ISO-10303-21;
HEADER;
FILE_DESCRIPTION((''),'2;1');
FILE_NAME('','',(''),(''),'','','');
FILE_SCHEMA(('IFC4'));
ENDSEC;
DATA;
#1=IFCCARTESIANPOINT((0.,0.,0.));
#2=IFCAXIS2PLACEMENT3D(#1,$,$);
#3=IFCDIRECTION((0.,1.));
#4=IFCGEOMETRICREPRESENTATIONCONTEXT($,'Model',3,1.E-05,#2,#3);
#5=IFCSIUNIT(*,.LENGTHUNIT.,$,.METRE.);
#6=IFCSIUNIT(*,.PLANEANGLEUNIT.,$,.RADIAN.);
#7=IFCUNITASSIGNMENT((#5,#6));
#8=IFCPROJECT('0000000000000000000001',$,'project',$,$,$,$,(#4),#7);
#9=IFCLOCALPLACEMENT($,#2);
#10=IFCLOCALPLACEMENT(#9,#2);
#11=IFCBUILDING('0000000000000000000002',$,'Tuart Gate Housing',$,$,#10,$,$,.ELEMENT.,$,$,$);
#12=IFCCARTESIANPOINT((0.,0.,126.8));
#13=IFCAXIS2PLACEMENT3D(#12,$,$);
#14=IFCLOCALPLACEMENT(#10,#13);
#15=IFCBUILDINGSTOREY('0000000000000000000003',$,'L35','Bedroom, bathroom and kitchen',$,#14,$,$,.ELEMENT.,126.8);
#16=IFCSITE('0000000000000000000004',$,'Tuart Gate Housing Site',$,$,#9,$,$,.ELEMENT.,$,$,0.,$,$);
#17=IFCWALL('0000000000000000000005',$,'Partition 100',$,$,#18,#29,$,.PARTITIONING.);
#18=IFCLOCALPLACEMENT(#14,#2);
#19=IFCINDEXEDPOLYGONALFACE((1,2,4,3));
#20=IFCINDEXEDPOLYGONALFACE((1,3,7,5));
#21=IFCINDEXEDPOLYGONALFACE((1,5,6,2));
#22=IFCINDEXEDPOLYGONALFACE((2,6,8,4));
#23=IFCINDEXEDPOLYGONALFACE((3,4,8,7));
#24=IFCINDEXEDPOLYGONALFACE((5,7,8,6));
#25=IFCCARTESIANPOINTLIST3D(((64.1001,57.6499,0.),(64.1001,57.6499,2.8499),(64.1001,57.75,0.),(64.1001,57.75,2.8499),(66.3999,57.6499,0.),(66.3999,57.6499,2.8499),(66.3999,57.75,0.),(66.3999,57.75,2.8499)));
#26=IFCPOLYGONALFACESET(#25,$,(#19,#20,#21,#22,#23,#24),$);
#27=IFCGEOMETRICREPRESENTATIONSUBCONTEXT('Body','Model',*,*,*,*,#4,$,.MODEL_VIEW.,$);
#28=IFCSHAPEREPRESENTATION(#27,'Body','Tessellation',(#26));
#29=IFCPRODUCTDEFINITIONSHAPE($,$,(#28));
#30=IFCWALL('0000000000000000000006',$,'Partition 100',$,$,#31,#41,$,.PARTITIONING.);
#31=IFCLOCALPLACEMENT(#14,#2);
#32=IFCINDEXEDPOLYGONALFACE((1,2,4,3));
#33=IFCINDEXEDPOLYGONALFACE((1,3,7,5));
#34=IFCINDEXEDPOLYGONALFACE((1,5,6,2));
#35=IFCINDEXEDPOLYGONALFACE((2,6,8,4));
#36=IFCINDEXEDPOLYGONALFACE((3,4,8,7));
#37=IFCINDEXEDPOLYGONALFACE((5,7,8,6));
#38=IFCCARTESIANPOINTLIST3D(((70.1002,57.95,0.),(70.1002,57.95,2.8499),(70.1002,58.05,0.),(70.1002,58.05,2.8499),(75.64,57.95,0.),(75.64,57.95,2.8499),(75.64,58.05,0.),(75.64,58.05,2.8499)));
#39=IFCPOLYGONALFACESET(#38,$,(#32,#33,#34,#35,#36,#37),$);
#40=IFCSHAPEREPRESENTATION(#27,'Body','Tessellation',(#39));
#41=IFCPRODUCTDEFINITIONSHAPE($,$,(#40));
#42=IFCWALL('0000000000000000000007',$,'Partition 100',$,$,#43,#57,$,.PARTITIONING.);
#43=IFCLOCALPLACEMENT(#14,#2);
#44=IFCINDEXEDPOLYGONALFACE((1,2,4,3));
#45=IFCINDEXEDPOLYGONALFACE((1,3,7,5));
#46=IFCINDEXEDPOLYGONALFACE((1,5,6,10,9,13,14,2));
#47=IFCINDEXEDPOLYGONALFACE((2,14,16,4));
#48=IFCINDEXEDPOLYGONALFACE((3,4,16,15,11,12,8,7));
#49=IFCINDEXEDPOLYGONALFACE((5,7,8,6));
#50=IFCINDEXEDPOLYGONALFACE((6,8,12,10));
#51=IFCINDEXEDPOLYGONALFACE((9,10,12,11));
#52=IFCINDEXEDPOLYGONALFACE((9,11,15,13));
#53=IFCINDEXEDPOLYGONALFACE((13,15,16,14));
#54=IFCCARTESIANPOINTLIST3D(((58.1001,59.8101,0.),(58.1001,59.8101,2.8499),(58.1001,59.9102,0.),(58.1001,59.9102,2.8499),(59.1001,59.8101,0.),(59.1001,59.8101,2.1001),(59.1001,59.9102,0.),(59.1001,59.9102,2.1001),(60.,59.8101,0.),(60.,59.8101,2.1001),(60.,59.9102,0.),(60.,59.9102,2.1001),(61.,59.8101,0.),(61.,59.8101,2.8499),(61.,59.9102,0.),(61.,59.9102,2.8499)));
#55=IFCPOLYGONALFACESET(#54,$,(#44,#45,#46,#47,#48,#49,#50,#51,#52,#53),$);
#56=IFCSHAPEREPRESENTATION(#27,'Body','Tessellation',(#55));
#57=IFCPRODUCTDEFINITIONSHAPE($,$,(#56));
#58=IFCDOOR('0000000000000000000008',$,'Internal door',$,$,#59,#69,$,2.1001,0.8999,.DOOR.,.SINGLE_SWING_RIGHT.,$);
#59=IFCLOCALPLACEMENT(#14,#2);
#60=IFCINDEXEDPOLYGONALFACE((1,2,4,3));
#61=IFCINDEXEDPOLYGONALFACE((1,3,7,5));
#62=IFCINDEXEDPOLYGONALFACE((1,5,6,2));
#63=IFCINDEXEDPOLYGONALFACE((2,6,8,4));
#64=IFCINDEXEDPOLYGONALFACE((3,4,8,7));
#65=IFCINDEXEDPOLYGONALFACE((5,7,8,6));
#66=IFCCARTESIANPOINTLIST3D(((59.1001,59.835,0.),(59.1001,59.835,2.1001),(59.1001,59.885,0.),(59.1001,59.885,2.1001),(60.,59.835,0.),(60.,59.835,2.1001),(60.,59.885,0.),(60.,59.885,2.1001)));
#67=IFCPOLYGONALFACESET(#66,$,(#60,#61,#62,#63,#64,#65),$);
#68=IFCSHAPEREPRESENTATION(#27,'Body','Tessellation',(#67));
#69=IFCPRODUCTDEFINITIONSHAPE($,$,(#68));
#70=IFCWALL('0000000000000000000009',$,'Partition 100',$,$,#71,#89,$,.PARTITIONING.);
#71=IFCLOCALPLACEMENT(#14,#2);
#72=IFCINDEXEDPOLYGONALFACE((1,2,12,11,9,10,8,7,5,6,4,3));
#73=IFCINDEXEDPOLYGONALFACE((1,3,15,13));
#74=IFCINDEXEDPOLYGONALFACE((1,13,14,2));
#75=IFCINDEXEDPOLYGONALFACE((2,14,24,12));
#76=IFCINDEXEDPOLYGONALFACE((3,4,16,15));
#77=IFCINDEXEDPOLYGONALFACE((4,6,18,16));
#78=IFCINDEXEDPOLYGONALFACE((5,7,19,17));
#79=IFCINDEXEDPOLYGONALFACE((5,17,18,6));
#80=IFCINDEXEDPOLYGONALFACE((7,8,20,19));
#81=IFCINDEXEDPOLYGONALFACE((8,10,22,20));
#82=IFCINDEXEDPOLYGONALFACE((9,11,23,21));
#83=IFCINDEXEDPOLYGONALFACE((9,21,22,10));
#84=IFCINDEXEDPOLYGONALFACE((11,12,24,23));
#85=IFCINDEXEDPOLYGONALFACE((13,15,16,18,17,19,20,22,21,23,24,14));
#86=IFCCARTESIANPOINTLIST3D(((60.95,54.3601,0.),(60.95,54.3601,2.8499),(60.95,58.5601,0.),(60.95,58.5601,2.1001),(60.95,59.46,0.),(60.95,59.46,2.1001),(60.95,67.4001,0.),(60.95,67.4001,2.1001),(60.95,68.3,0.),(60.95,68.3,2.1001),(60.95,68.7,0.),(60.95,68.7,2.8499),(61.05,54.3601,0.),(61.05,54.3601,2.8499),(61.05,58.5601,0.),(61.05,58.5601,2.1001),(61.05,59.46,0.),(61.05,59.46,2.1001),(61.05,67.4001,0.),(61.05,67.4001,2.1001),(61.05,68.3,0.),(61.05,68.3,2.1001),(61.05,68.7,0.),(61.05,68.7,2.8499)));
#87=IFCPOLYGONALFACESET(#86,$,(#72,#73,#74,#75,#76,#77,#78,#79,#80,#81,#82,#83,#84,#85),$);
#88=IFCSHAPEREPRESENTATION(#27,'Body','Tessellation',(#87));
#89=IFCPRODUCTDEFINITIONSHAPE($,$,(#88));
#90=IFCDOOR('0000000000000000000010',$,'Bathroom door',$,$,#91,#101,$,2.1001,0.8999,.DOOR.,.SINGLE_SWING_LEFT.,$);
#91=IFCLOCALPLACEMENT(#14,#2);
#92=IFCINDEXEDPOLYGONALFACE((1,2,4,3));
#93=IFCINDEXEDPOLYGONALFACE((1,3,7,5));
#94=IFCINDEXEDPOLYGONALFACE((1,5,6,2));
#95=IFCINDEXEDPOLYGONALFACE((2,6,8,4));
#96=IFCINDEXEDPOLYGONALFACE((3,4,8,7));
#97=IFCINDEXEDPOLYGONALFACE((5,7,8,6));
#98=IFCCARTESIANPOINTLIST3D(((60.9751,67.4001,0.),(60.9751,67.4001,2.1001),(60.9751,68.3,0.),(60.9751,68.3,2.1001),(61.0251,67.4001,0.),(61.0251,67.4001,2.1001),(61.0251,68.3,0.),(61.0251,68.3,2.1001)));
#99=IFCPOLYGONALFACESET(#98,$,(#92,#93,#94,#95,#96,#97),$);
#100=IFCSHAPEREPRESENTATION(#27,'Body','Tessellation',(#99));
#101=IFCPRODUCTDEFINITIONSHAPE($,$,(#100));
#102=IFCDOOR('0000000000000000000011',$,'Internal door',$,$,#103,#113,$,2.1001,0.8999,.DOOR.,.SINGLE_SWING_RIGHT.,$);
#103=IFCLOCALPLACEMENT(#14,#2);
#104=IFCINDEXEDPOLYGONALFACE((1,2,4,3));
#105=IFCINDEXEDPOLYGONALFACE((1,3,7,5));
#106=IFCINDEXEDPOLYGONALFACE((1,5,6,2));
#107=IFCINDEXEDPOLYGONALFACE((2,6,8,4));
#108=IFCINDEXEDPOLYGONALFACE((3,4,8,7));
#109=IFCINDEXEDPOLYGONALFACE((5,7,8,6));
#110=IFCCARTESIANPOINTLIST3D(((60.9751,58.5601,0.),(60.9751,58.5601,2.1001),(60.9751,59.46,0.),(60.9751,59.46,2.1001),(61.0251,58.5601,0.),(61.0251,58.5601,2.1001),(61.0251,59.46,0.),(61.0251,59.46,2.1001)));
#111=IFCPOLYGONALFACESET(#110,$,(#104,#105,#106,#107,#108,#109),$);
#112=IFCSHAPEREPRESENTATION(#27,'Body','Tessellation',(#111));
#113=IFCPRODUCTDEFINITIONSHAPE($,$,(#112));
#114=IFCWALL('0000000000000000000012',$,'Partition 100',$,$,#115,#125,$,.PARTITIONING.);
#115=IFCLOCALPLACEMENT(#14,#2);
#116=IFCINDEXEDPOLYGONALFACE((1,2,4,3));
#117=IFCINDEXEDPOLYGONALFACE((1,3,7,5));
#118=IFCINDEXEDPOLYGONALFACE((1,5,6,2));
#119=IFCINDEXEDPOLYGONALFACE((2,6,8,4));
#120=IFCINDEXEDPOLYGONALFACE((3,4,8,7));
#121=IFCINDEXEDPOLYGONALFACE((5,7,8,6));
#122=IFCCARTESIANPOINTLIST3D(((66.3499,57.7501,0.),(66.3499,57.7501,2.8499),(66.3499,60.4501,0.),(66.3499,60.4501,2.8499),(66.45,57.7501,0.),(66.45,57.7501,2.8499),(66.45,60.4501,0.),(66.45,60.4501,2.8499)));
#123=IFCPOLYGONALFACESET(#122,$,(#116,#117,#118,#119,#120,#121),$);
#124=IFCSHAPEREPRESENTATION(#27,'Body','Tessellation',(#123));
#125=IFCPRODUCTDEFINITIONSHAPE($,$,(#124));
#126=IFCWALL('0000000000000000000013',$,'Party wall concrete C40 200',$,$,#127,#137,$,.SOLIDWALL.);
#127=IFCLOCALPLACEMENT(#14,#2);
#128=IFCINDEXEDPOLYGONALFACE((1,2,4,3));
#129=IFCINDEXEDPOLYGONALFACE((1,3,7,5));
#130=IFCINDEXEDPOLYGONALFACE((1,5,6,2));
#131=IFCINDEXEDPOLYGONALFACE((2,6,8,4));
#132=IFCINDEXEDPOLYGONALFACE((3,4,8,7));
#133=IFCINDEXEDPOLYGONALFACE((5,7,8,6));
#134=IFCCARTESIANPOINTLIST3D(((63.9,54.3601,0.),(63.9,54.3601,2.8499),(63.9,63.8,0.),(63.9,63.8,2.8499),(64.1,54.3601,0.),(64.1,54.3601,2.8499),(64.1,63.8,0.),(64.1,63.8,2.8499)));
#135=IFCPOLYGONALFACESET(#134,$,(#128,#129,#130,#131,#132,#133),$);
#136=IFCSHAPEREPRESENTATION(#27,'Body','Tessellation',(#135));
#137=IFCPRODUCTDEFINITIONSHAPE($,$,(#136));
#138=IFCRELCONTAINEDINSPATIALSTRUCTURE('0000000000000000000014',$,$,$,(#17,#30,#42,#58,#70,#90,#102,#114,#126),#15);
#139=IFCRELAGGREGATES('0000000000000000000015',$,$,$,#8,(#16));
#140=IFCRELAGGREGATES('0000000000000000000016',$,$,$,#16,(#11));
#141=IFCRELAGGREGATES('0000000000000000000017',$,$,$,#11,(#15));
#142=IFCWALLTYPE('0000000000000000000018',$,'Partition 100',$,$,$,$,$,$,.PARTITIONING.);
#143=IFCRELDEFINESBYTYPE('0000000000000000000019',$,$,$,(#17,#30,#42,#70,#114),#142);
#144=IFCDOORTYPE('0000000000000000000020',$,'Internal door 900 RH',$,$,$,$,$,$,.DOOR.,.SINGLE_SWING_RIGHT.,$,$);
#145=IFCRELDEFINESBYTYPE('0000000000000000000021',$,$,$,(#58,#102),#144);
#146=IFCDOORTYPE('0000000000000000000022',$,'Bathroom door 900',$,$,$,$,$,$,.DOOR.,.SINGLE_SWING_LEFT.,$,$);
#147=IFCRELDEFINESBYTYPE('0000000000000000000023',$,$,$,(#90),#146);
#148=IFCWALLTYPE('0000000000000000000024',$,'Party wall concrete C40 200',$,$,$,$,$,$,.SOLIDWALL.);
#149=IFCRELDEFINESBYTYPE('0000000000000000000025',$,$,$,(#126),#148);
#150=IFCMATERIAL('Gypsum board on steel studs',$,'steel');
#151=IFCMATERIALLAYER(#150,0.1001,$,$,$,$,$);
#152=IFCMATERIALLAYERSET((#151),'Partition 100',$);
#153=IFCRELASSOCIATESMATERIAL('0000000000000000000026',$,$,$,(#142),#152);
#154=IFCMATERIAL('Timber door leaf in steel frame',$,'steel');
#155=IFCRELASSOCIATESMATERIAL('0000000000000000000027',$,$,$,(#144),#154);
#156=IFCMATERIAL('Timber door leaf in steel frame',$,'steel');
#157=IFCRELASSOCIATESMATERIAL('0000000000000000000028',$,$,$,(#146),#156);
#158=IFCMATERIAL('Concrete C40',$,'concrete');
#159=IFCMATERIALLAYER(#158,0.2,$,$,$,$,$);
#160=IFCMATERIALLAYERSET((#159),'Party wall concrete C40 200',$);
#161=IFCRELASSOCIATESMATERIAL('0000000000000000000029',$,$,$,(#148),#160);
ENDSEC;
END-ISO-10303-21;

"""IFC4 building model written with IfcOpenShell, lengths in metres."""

from ifc_helpers import new_model, si_unit, direction, frame, frame_2d, origin, place, context, subcontext, project, spatial, rectangle, extrude, material, layer, layer_set, type_object, element, fill, save


model = new_model("IFC4")

# Units and contexts
model_context = context("Model", 3, precision=1e-05, world=origin(), true_north=direction((0.0, 1.0)))
body_context = subcontext(model_context, "Body", "Model", "MODEL_VIEW")
ifc_project = project(units=[si_unit("LENGTHUNIT", "METRE"), si_unit("PLANEANGLEUNIT", "RADIAN")], contexts=[model_context])

# Site, building, storey
site_placement = place(None, origin())
site = spatial("IfcSite", under=ifc_project, at=site_placement, Name="Tuart Gate Housing Site", CompositionType="ELEMENT", RefElevation=0.0)
building_placement = place(site_placement, origin())
building = spatial("IfcBuilding", under=site, at=building_placement, Name="Tuart Gate Housing", CompositionType="ELEMENT")
storey_placement = place(building_placement, frame((0.0, 0.0, 126.8)))
storey = spatial("IfcBuildingStorey", under=building, at=storey_placement, Name="L35", Description="Bedroom, bathroom and kitchen", CompositionType="ELEMENT", Elevation=126.8)

# Walls
ifc_material_1 = material(Name="Gypsum board on steel studs", Category="steel")
ifc_layer_1 = layer(ifc_material_1, 0.1001)
ifc_layer_set_1 = layer_set([ifc_layer_1], Name="Partition 100")
wall_type_1 = type_object("IfcWallType", Name="Partition 100", PredefinedType="PARTITIONING", material=ifc_layer_set_1)
wall_1_placement = place(storey_placement, frame((64.1001, 57.7, 0.0), z_axis=(0.0, 0.0, 1.0), x_axis=(1.0, 0.0, 0.0)))
element("IfcWall", 1, at=wall_1_placement, inside=storey, type_object=wall_type_1, Name="Partition 100", PredefinedType="PARTITIONING", context=body_context, shape_type="SweptSolid", body=[
    extrude(rectangle(XDim=2.2998, YDim=0.1001, at=frame_2d((1.1499, 0.0))), origin(), (0.0, 0.0, 1.0), 2.8499),
])
wall_2_placement = place(storey_placement, frame((70.1001, 58.0, 0.0), z_axis=(0.0, 0.0, 1.0), x_axis=(1.0, 0.0, 0.0)))
element("IfcWall", 2, at=wall_2_placement, inside=storey, type_object=wall_type_1, Name="Partition 100", PredefinedType="PARTITIONING", context=body_context, shape_type="SweptSolid", body=[
    extrude(rectangle(XDim=5.5398, YDim=0.1001, at=frame_2d((2.77, 0.0))), origin(), (0.0, 0.0, 1.0), 2.8499),
])

# Wall, opening, door
wall_3_placement = place(storey_placement, frame((58.1001, 59.8601, 0.0), z_axis=(0.0, 0.0, 1.0), x_axis=(1.0, 0.0, 0.0)))
wall_3 = element("IfcWall", 3, at=wall_3_placement, inside=storey, type_object=wall_type_1, Name="Partition 100", PredefinedType="PARTITIONING", context=body_context, shape_type="SweptSolid", body=[
    extrude(rectangle(XDim=2.8999, YDim=0.1001, at=frame_2d((1.45, 0.0))), origin(), (0.0, 0.0, 1.0), 2.8499),
])
opening_1_placement = place(wall_3_placement, frame((1.0, 0.0, 0.0)))
opening_1 = element("IfcOpeningElement", 4, at=opening_1_placement, cuts=wall_3, PredefinedType="OPENING", context=body_context, shape_type="SweptSolid", body=[
    extrude(rectangle(XDim=0.8999, YDim=2.1001, at=frame_2d((0.45, 1.05))), frame((0.0, 0.0601, 0.0), z_axis=(0.0, -1.0, 0.0), x_axis=(1.0, 0.0, 0.0)), (0.0, 0.0, 1.0), 0.1201),
])
ifc_material_2 = material(Name="Timber door leaf in steel frame", Category="steel")
door_type_1 = type_object("IfcDoorType", Name="Internal door 900 RH", OperationType="SINGLE_SWING_RIGHT", PredefinedType="DOOR", material=ifc_material_2)
door_1_placement = place(opening_1_placement, origin())
door_1 = element("IfcDoor", 5, at=door_1_placement, inside=storey, type_object=door_type_1, Name="Internal door", OperationType="SINGLE_SWING_RIGHT", OverallHeight=2.1001, OverallWidth=0.8999, PredefinedType="DOOR", context=body_context, shape_type="SweptSolid", body=[
    extrude(rectangle(XDim=0.8999, YDim=2.1001, at=frame_2d((0.45, 1.05))), frame((0.0, 0.0249, 0.0), z_axis=(0.0, -1.0, 0.0), x_axis=(1.0, 0.0, 0.0)), (0.0, 0.0, 1.0), 0.05),
])
fill(opening_1, door_1)

# Wall, openings, doors
wall_4_placement = place(storey_placement, frame((61.0, 54.3601, 0.0), z_axis=(0.0, 0.0, 1.0), x_axis=(0.0, 1.0, 0.0)))
wall_4 = element("IfcWall", 6, at=wall_4_placement, inside=storey, type_object=wall_type_1, Name="Partition 100", PredefinedType="PARTITIONING", context=body_context, shape_type="SweptSolid", body=[
    extrude(rectangle(XDim=14.3398, YDim=0.1001, at=frame_2d((7.1699, 0.0))), origin(), (0.0, 0.0, 1.0), 2.8499),
])
opening_2_placement = place(wall_4_placement, frame((4.2, 0.0, 0.0)))
opening_2 = element("IfcOpeningElement", 7, at=opening_2_placement, cuts=wall_4, PredefinedType="OPENING", context=body_context, shape_type="SweptSolid", body=[
    extrude(rectangle(XDim=0.8999, YDim=2.1001, at=frame_2d((0.45, 1.05))), frame((0.0, 0.0601, 0.0), z_axis=(0.0, -1.0, 0.0), x_axis=(1.0, 0.0, 0.0)), (0.0, 0.0, 1.0), 0.1201),
])
opening_3_placement = place(wall_4_placement, frame((13.04, 0.0, 0.0)))
opening_3 = element("IfcOpeningElement", 8, at=opening_3_placement, cuts=wall_4, PredefinedType="OPENING", context=body_context, shape_type="SweptSolid", body=[
    extrude(rectangle(XDim=0.8999, YDim=2.1001, at=frame_2d((0.45, 1.05))), frame((0.0, 0.0601, 0.0), z_axis=(0.0, -1.0, 0.0), x_axis=(1.0, 0.0, 0.0)), (0.0, 0.0, 1.0), 0.1201),
])
ifc_material_3 = material(Name="Timber door leaf in steel frame", Category="steel")
door_type_2 = type_object("IfcDoorType", Name="Bathroom door 900", OperationType="SINGLE_SWING_LEFT", PredefinedType="DOOR", material=ifc_material_3)
door_2_placement = place(opening_3_placement, frame((0.8999, 0.0, 0.0), z_axis=(0.0, 0.0, 1.0), x_axis=(-1.0, 0.0, 0.0)))
door_2 = element("IfcDoor", 9, at=door_2_placement, inside=storey, type_object=door_type_2, Name="Bathroom door", OperationType="SINGLE_SWING_LEFT", OverallHeight=2.1001, OverallWidth=0.8999, PredefinedType="DOOR", context=body_context, shape_type="SweptSolid", body=[
    extrude(rectangle(XDim=0.8999, YDim=2.1001, at=frame_2d((0.45, 1.05))), frame((0.0, 0.0251, 0.0), z_axis=(0.0, -1.0, 0.0), x_axis=(1.0, 0.0, 0.0)), (0.0, 0.0, 1.0), 0.05),
])
fill(opening_3, door_2)
door_3_placement = place(opening_2_placement, frame((0.8999, 0.0, 0.0), z_axis=(0.0, 0.0, 1.0), x_axis=(-1.0, 0.0, 0.0)))
door_3 = element("IfcDoor", 10, at=door_3_placement, inside=storey, type_object=door_type_1, Name="Internal door", OperationType="SINGLE_SWING_RIGHT", OverallHeight=2.1001, OverallWidth=0.8999, PredefinedType="DOOR", context=body_context, shape_type="SweptSolid", body=[
    extrude(rectangle(XDim=0.8999, YDim=2.1001, at=frame_2d((0.45, 1.05))), frame((0.0, 0.0251, 0.0), z_axis=(0.0, -1.0, 0.0), x_axis=(1.0, 0.0, 0.0)), (0.0, 0.0, 1.0), 0.05),
])
fill(opening_2, door_3)

# Walls
wall_5_placement = place(storey_placement, frame((66.3999, 57.75, 0.0), z_axis=(0.0, 0.0, 1.0), x_axis=(0.0, 1.0, 0.0)))
element("IfcWall", 11, at=wall_5_placement, inside=storey, type_object=wall_type_1, Name="Partition 100", PredefinedType="PARTITIONING", context=body_context, shape_type="SweptSolid", body=[
    extrude(rectangle(XDim=2.7, YDim=0.1001, at=frame_2d((1.3501, 0.0))), origin(), (0.0, 0.0, 1.0), 2.8499),
])
ifc_material_4 = material(Name="Concrete C40", Category="concrete")
ifc_layer_2 = layer(ifc_material_4, 0.2)
ifc_layer_set_2 = layer_set([ifc_layer_2], Name="Party wall concrete C40 200")
wall_type_2 = type_object("IfcWallType", Name="Party wall concrete C40 200", PredefinedType="SOLIDWALL", material=ifc_layer_set_2)
wall_6_placement = place(storey_placement, frame((64.0, 54.3601, 0.0), z_axis=(0.0, 0.0, 1.0), x_axis=(0.0, 1.0, 0.0)))
element("IfcWall", 12, at=wall_6_placement, inside=storey, type_object=wall_type_2, Name="Party wall concrete C40 200", PredefinedType="SOLIDWALL", context=body_context, shape_type="SweptSolid", body=[
    extrude(rectangle(XDim=9.4399, YDim=0.2, at=frame_2d((4.72, 0.0))), origin(), (0.0, 0.0, 1.0), 2.8499),
])

save(model, "model.ifc")
